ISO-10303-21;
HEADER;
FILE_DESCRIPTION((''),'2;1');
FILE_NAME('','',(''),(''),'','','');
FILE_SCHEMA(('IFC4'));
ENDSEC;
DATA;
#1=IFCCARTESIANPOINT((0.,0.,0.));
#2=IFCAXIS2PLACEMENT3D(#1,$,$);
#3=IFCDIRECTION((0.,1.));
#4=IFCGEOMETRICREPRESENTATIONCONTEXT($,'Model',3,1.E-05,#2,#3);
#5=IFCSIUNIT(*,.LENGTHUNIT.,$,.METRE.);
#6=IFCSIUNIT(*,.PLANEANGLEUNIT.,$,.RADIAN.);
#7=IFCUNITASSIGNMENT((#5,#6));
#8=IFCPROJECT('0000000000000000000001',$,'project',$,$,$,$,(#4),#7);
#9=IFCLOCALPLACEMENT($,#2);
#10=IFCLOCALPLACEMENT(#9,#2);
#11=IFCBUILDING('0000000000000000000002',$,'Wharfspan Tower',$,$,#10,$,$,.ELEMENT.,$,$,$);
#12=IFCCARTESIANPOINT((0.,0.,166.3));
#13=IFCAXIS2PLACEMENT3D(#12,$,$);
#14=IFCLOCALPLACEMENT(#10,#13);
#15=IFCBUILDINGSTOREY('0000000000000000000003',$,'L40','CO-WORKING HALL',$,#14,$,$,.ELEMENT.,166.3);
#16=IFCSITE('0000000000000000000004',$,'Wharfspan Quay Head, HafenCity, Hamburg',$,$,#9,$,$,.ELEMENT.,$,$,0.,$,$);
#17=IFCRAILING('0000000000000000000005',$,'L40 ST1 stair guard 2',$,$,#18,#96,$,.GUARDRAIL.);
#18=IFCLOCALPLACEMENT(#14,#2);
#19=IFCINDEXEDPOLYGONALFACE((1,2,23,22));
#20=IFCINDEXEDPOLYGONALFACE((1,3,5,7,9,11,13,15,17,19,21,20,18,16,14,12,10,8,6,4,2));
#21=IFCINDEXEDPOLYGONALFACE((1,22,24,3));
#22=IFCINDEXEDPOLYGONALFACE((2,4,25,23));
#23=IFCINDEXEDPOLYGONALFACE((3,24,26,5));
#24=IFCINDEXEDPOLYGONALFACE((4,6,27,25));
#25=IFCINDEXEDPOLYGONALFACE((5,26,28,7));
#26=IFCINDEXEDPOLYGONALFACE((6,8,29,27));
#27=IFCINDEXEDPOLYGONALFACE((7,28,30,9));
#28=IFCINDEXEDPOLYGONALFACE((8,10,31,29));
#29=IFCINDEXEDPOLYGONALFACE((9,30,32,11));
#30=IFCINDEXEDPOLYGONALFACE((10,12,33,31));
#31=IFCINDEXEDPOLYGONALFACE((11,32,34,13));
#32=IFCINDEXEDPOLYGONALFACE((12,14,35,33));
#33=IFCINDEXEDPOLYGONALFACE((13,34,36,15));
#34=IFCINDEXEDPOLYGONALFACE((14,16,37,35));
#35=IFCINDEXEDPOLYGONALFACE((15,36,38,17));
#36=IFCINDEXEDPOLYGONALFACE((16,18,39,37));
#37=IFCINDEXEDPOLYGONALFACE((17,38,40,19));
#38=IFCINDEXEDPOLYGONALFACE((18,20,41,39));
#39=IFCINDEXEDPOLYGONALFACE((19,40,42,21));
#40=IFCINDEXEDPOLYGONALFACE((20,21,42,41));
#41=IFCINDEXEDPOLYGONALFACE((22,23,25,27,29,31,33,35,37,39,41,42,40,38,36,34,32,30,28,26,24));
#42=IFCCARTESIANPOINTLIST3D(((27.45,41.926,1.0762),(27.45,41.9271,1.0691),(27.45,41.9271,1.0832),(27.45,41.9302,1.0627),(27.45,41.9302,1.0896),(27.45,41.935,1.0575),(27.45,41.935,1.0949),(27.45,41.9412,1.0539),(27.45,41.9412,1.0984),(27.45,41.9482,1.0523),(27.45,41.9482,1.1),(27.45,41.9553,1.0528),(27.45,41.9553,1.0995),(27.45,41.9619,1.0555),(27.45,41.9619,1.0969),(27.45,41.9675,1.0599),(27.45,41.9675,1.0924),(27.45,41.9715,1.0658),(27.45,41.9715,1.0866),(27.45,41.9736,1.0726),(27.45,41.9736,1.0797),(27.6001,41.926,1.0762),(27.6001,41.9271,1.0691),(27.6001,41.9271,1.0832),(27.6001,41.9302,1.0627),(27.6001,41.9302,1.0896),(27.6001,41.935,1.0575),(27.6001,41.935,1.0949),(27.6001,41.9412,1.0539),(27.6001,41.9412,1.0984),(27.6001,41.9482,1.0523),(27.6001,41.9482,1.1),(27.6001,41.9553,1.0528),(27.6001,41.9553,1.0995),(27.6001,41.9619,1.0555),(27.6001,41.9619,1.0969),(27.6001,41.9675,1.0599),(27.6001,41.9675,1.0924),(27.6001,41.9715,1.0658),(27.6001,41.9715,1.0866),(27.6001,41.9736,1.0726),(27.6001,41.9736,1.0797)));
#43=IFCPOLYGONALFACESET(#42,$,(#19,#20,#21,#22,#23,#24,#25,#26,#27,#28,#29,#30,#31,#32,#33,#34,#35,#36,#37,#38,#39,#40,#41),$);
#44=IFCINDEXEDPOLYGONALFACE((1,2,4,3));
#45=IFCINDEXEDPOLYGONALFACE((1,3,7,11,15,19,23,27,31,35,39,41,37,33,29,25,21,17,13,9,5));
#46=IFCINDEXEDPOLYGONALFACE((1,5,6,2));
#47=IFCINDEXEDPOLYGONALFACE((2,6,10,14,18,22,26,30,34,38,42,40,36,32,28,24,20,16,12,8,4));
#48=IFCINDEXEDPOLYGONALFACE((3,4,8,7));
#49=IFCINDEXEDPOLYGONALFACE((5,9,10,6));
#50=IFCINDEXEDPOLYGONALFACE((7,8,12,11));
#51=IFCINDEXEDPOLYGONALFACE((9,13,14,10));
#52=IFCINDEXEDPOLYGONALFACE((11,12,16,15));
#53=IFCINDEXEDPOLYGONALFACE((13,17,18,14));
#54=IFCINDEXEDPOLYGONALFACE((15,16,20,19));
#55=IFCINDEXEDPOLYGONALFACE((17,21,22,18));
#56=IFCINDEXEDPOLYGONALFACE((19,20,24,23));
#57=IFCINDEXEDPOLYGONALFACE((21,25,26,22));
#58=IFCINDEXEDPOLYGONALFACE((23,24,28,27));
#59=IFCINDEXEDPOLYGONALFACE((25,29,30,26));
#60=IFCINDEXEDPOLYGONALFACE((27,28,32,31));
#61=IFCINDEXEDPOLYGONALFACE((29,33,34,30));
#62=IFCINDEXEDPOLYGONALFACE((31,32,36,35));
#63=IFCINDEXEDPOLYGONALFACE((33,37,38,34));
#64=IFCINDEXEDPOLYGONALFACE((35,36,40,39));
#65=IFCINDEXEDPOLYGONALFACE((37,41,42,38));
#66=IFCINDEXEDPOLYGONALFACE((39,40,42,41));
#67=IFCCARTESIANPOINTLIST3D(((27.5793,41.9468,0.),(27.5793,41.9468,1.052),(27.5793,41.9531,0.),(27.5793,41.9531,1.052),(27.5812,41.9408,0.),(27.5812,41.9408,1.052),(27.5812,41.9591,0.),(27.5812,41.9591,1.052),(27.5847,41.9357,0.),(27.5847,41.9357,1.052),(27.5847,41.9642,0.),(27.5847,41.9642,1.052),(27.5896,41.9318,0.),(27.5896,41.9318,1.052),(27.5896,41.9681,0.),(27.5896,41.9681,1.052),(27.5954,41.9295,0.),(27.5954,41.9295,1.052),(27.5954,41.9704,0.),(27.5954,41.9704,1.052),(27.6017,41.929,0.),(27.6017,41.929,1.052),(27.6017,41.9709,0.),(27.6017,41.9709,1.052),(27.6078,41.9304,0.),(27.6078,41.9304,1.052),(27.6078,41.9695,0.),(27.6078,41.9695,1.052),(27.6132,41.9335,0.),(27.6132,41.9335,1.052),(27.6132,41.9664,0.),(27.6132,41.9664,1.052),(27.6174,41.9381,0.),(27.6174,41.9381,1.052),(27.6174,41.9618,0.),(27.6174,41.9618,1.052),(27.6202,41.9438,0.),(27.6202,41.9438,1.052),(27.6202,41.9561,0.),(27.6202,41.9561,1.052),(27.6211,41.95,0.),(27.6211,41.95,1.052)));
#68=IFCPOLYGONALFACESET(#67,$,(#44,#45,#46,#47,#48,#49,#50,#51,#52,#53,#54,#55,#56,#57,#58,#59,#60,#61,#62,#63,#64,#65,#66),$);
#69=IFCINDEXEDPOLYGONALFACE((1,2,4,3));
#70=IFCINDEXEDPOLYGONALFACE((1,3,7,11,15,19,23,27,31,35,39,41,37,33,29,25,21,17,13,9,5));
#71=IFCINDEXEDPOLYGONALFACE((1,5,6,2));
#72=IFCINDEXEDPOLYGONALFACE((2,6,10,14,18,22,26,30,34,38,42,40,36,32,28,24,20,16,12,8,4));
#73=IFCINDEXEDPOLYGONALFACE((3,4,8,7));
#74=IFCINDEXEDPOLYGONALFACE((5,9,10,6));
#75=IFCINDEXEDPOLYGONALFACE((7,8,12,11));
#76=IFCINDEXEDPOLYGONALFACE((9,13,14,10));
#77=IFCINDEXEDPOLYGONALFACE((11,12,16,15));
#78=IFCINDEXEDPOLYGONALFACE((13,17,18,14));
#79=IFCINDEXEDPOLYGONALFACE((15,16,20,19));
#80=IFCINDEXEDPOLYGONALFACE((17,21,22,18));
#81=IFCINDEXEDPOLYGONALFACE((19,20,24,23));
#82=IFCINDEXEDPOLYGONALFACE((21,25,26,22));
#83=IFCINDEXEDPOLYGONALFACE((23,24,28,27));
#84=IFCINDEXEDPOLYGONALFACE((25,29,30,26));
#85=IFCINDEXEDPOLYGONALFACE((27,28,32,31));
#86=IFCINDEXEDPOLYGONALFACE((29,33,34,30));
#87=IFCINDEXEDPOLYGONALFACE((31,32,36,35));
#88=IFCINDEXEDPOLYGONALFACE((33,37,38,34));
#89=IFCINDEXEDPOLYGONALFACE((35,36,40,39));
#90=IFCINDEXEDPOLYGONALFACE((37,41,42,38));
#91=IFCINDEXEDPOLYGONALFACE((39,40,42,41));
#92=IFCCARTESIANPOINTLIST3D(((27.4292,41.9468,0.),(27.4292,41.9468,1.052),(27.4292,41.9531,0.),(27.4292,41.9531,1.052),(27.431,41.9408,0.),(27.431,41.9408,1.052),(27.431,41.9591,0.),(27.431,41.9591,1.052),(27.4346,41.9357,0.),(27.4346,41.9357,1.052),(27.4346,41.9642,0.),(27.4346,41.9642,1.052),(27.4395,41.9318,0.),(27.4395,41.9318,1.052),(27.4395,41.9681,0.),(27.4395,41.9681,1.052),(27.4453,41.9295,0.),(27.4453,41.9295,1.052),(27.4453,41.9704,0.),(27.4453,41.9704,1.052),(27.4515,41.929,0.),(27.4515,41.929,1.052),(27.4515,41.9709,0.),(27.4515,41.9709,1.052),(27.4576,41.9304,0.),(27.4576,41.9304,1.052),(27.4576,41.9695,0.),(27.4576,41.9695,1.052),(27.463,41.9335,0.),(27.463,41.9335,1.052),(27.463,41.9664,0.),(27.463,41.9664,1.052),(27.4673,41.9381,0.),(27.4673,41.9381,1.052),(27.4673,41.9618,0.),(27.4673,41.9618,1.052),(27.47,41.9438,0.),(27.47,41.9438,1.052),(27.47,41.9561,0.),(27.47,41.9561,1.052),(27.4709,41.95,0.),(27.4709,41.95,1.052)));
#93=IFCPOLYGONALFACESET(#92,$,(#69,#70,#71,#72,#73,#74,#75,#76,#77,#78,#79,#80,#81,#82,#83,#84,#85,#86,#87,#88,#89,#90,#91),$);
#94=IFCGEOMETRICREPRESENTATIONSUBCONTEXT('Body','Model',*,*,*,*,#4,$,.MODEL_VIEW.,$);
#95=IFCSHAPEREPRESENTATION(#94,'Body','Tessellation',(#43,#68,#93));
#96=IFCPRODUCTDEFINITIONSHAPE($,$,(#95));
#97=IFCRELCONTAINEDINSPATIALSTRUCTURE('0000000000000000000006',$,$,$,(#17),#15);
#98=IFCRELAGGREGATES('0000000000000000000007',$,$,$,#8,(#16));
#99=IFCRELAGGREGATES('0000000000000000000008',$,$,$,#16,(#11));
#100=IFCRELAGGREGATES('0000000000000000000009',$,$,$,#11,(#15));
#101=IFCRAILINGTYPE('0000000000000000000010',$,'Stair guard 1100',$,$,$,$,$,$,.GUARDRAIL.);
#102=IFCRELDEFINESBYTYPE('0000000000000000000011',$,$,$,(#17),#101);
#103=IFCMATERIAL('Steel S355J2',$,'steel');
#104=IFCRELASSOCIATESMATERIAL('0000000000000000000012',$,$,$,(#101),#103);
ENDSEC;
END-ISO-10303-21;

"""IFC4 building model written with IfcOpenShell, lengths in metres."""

from ifc_helpers import new_model, si_unit, direction, frame, origin, origin_2d, place, context, subcontext, project, spatial, circle, extrude, material, type_object, element, save


model = new_model("IFC4")

# Units and contexts
model_context = context("Model", 3, precision=1e-05, world=origin(), true_north=direction((0.0, 1.0)))
body_context = subcontext(model_context, "Body", "Model", "MODEL_VIEW")
ifc_project = project(units=[si_unit("LENGTHUNIT", "METRE"), si_unit("PLANEANGLEUNIT", "RADIAN")], contexts=[model_context])

# Site, building, storey
site_placement = place(None, origin())
site = spatial("IfcSite", under=ifc_project, at=site_placement, Name="Wharfspan Quay Head, HafenCity, Hamburg", CompositionType="ELEMENT", RefElevation=0.0)
building_placement = place(site_placement, origin())
building = spatial("IfcBuilding", under=site, at=building_placement, Name="Wharfspan Tower", CompositionType="ELEMENT")
storey_placement = place(building_placement, frame((0.0, 0.0, 166.3)))
storey = spatial("IfcBuildingStorey", under=building, at=storey_placement, Name="L40", Description="CO-WORKING HALL", CompositionType="ELEMENT", Elevation=166.3)

# Shared definitions
ifc_material_1 = material(Name="Steel S355J2", Category="steel")

# Railing
railing_type_1 = type_object("IfcRailingType", Name="Stair guard 1100", PredefinedType="GUARDRAIL", material=ifc_material_1)
railing_1_placement = place(storey_placement, frame((27.6001, 41.95, 0.0)))
element("IfcRailing", 1, at=railing_1_placement, inside=storey, type_object=railing_type_1, Name="L40 ST1 stair guard 2", PredefinedType="GUARDRAIL", context=body_context, shape_type="SweptSolid", body=[
    extrude(circle(Radius=0.0239, at=origin_2d()), frame((0.0, 0.0, 1.0762), z_axis=(-1.0, 0.0, 0.0), x_axis=(0.0, -1.0, 0.0)), (0.0, 0.0, 1.0), 0.1501),
    extrude(circle(Radius=0.021, at=origin_2d()), origin(), (0.0, 0.0, 1.0), 1.052),
    extrude(circle(Radius=0.021, at=origin_2d()), frame((-0.1501, 0.0, 0.0)), (0.0, 0.0, 1.0), 1.052),
])

save(model, "model.ifc")
